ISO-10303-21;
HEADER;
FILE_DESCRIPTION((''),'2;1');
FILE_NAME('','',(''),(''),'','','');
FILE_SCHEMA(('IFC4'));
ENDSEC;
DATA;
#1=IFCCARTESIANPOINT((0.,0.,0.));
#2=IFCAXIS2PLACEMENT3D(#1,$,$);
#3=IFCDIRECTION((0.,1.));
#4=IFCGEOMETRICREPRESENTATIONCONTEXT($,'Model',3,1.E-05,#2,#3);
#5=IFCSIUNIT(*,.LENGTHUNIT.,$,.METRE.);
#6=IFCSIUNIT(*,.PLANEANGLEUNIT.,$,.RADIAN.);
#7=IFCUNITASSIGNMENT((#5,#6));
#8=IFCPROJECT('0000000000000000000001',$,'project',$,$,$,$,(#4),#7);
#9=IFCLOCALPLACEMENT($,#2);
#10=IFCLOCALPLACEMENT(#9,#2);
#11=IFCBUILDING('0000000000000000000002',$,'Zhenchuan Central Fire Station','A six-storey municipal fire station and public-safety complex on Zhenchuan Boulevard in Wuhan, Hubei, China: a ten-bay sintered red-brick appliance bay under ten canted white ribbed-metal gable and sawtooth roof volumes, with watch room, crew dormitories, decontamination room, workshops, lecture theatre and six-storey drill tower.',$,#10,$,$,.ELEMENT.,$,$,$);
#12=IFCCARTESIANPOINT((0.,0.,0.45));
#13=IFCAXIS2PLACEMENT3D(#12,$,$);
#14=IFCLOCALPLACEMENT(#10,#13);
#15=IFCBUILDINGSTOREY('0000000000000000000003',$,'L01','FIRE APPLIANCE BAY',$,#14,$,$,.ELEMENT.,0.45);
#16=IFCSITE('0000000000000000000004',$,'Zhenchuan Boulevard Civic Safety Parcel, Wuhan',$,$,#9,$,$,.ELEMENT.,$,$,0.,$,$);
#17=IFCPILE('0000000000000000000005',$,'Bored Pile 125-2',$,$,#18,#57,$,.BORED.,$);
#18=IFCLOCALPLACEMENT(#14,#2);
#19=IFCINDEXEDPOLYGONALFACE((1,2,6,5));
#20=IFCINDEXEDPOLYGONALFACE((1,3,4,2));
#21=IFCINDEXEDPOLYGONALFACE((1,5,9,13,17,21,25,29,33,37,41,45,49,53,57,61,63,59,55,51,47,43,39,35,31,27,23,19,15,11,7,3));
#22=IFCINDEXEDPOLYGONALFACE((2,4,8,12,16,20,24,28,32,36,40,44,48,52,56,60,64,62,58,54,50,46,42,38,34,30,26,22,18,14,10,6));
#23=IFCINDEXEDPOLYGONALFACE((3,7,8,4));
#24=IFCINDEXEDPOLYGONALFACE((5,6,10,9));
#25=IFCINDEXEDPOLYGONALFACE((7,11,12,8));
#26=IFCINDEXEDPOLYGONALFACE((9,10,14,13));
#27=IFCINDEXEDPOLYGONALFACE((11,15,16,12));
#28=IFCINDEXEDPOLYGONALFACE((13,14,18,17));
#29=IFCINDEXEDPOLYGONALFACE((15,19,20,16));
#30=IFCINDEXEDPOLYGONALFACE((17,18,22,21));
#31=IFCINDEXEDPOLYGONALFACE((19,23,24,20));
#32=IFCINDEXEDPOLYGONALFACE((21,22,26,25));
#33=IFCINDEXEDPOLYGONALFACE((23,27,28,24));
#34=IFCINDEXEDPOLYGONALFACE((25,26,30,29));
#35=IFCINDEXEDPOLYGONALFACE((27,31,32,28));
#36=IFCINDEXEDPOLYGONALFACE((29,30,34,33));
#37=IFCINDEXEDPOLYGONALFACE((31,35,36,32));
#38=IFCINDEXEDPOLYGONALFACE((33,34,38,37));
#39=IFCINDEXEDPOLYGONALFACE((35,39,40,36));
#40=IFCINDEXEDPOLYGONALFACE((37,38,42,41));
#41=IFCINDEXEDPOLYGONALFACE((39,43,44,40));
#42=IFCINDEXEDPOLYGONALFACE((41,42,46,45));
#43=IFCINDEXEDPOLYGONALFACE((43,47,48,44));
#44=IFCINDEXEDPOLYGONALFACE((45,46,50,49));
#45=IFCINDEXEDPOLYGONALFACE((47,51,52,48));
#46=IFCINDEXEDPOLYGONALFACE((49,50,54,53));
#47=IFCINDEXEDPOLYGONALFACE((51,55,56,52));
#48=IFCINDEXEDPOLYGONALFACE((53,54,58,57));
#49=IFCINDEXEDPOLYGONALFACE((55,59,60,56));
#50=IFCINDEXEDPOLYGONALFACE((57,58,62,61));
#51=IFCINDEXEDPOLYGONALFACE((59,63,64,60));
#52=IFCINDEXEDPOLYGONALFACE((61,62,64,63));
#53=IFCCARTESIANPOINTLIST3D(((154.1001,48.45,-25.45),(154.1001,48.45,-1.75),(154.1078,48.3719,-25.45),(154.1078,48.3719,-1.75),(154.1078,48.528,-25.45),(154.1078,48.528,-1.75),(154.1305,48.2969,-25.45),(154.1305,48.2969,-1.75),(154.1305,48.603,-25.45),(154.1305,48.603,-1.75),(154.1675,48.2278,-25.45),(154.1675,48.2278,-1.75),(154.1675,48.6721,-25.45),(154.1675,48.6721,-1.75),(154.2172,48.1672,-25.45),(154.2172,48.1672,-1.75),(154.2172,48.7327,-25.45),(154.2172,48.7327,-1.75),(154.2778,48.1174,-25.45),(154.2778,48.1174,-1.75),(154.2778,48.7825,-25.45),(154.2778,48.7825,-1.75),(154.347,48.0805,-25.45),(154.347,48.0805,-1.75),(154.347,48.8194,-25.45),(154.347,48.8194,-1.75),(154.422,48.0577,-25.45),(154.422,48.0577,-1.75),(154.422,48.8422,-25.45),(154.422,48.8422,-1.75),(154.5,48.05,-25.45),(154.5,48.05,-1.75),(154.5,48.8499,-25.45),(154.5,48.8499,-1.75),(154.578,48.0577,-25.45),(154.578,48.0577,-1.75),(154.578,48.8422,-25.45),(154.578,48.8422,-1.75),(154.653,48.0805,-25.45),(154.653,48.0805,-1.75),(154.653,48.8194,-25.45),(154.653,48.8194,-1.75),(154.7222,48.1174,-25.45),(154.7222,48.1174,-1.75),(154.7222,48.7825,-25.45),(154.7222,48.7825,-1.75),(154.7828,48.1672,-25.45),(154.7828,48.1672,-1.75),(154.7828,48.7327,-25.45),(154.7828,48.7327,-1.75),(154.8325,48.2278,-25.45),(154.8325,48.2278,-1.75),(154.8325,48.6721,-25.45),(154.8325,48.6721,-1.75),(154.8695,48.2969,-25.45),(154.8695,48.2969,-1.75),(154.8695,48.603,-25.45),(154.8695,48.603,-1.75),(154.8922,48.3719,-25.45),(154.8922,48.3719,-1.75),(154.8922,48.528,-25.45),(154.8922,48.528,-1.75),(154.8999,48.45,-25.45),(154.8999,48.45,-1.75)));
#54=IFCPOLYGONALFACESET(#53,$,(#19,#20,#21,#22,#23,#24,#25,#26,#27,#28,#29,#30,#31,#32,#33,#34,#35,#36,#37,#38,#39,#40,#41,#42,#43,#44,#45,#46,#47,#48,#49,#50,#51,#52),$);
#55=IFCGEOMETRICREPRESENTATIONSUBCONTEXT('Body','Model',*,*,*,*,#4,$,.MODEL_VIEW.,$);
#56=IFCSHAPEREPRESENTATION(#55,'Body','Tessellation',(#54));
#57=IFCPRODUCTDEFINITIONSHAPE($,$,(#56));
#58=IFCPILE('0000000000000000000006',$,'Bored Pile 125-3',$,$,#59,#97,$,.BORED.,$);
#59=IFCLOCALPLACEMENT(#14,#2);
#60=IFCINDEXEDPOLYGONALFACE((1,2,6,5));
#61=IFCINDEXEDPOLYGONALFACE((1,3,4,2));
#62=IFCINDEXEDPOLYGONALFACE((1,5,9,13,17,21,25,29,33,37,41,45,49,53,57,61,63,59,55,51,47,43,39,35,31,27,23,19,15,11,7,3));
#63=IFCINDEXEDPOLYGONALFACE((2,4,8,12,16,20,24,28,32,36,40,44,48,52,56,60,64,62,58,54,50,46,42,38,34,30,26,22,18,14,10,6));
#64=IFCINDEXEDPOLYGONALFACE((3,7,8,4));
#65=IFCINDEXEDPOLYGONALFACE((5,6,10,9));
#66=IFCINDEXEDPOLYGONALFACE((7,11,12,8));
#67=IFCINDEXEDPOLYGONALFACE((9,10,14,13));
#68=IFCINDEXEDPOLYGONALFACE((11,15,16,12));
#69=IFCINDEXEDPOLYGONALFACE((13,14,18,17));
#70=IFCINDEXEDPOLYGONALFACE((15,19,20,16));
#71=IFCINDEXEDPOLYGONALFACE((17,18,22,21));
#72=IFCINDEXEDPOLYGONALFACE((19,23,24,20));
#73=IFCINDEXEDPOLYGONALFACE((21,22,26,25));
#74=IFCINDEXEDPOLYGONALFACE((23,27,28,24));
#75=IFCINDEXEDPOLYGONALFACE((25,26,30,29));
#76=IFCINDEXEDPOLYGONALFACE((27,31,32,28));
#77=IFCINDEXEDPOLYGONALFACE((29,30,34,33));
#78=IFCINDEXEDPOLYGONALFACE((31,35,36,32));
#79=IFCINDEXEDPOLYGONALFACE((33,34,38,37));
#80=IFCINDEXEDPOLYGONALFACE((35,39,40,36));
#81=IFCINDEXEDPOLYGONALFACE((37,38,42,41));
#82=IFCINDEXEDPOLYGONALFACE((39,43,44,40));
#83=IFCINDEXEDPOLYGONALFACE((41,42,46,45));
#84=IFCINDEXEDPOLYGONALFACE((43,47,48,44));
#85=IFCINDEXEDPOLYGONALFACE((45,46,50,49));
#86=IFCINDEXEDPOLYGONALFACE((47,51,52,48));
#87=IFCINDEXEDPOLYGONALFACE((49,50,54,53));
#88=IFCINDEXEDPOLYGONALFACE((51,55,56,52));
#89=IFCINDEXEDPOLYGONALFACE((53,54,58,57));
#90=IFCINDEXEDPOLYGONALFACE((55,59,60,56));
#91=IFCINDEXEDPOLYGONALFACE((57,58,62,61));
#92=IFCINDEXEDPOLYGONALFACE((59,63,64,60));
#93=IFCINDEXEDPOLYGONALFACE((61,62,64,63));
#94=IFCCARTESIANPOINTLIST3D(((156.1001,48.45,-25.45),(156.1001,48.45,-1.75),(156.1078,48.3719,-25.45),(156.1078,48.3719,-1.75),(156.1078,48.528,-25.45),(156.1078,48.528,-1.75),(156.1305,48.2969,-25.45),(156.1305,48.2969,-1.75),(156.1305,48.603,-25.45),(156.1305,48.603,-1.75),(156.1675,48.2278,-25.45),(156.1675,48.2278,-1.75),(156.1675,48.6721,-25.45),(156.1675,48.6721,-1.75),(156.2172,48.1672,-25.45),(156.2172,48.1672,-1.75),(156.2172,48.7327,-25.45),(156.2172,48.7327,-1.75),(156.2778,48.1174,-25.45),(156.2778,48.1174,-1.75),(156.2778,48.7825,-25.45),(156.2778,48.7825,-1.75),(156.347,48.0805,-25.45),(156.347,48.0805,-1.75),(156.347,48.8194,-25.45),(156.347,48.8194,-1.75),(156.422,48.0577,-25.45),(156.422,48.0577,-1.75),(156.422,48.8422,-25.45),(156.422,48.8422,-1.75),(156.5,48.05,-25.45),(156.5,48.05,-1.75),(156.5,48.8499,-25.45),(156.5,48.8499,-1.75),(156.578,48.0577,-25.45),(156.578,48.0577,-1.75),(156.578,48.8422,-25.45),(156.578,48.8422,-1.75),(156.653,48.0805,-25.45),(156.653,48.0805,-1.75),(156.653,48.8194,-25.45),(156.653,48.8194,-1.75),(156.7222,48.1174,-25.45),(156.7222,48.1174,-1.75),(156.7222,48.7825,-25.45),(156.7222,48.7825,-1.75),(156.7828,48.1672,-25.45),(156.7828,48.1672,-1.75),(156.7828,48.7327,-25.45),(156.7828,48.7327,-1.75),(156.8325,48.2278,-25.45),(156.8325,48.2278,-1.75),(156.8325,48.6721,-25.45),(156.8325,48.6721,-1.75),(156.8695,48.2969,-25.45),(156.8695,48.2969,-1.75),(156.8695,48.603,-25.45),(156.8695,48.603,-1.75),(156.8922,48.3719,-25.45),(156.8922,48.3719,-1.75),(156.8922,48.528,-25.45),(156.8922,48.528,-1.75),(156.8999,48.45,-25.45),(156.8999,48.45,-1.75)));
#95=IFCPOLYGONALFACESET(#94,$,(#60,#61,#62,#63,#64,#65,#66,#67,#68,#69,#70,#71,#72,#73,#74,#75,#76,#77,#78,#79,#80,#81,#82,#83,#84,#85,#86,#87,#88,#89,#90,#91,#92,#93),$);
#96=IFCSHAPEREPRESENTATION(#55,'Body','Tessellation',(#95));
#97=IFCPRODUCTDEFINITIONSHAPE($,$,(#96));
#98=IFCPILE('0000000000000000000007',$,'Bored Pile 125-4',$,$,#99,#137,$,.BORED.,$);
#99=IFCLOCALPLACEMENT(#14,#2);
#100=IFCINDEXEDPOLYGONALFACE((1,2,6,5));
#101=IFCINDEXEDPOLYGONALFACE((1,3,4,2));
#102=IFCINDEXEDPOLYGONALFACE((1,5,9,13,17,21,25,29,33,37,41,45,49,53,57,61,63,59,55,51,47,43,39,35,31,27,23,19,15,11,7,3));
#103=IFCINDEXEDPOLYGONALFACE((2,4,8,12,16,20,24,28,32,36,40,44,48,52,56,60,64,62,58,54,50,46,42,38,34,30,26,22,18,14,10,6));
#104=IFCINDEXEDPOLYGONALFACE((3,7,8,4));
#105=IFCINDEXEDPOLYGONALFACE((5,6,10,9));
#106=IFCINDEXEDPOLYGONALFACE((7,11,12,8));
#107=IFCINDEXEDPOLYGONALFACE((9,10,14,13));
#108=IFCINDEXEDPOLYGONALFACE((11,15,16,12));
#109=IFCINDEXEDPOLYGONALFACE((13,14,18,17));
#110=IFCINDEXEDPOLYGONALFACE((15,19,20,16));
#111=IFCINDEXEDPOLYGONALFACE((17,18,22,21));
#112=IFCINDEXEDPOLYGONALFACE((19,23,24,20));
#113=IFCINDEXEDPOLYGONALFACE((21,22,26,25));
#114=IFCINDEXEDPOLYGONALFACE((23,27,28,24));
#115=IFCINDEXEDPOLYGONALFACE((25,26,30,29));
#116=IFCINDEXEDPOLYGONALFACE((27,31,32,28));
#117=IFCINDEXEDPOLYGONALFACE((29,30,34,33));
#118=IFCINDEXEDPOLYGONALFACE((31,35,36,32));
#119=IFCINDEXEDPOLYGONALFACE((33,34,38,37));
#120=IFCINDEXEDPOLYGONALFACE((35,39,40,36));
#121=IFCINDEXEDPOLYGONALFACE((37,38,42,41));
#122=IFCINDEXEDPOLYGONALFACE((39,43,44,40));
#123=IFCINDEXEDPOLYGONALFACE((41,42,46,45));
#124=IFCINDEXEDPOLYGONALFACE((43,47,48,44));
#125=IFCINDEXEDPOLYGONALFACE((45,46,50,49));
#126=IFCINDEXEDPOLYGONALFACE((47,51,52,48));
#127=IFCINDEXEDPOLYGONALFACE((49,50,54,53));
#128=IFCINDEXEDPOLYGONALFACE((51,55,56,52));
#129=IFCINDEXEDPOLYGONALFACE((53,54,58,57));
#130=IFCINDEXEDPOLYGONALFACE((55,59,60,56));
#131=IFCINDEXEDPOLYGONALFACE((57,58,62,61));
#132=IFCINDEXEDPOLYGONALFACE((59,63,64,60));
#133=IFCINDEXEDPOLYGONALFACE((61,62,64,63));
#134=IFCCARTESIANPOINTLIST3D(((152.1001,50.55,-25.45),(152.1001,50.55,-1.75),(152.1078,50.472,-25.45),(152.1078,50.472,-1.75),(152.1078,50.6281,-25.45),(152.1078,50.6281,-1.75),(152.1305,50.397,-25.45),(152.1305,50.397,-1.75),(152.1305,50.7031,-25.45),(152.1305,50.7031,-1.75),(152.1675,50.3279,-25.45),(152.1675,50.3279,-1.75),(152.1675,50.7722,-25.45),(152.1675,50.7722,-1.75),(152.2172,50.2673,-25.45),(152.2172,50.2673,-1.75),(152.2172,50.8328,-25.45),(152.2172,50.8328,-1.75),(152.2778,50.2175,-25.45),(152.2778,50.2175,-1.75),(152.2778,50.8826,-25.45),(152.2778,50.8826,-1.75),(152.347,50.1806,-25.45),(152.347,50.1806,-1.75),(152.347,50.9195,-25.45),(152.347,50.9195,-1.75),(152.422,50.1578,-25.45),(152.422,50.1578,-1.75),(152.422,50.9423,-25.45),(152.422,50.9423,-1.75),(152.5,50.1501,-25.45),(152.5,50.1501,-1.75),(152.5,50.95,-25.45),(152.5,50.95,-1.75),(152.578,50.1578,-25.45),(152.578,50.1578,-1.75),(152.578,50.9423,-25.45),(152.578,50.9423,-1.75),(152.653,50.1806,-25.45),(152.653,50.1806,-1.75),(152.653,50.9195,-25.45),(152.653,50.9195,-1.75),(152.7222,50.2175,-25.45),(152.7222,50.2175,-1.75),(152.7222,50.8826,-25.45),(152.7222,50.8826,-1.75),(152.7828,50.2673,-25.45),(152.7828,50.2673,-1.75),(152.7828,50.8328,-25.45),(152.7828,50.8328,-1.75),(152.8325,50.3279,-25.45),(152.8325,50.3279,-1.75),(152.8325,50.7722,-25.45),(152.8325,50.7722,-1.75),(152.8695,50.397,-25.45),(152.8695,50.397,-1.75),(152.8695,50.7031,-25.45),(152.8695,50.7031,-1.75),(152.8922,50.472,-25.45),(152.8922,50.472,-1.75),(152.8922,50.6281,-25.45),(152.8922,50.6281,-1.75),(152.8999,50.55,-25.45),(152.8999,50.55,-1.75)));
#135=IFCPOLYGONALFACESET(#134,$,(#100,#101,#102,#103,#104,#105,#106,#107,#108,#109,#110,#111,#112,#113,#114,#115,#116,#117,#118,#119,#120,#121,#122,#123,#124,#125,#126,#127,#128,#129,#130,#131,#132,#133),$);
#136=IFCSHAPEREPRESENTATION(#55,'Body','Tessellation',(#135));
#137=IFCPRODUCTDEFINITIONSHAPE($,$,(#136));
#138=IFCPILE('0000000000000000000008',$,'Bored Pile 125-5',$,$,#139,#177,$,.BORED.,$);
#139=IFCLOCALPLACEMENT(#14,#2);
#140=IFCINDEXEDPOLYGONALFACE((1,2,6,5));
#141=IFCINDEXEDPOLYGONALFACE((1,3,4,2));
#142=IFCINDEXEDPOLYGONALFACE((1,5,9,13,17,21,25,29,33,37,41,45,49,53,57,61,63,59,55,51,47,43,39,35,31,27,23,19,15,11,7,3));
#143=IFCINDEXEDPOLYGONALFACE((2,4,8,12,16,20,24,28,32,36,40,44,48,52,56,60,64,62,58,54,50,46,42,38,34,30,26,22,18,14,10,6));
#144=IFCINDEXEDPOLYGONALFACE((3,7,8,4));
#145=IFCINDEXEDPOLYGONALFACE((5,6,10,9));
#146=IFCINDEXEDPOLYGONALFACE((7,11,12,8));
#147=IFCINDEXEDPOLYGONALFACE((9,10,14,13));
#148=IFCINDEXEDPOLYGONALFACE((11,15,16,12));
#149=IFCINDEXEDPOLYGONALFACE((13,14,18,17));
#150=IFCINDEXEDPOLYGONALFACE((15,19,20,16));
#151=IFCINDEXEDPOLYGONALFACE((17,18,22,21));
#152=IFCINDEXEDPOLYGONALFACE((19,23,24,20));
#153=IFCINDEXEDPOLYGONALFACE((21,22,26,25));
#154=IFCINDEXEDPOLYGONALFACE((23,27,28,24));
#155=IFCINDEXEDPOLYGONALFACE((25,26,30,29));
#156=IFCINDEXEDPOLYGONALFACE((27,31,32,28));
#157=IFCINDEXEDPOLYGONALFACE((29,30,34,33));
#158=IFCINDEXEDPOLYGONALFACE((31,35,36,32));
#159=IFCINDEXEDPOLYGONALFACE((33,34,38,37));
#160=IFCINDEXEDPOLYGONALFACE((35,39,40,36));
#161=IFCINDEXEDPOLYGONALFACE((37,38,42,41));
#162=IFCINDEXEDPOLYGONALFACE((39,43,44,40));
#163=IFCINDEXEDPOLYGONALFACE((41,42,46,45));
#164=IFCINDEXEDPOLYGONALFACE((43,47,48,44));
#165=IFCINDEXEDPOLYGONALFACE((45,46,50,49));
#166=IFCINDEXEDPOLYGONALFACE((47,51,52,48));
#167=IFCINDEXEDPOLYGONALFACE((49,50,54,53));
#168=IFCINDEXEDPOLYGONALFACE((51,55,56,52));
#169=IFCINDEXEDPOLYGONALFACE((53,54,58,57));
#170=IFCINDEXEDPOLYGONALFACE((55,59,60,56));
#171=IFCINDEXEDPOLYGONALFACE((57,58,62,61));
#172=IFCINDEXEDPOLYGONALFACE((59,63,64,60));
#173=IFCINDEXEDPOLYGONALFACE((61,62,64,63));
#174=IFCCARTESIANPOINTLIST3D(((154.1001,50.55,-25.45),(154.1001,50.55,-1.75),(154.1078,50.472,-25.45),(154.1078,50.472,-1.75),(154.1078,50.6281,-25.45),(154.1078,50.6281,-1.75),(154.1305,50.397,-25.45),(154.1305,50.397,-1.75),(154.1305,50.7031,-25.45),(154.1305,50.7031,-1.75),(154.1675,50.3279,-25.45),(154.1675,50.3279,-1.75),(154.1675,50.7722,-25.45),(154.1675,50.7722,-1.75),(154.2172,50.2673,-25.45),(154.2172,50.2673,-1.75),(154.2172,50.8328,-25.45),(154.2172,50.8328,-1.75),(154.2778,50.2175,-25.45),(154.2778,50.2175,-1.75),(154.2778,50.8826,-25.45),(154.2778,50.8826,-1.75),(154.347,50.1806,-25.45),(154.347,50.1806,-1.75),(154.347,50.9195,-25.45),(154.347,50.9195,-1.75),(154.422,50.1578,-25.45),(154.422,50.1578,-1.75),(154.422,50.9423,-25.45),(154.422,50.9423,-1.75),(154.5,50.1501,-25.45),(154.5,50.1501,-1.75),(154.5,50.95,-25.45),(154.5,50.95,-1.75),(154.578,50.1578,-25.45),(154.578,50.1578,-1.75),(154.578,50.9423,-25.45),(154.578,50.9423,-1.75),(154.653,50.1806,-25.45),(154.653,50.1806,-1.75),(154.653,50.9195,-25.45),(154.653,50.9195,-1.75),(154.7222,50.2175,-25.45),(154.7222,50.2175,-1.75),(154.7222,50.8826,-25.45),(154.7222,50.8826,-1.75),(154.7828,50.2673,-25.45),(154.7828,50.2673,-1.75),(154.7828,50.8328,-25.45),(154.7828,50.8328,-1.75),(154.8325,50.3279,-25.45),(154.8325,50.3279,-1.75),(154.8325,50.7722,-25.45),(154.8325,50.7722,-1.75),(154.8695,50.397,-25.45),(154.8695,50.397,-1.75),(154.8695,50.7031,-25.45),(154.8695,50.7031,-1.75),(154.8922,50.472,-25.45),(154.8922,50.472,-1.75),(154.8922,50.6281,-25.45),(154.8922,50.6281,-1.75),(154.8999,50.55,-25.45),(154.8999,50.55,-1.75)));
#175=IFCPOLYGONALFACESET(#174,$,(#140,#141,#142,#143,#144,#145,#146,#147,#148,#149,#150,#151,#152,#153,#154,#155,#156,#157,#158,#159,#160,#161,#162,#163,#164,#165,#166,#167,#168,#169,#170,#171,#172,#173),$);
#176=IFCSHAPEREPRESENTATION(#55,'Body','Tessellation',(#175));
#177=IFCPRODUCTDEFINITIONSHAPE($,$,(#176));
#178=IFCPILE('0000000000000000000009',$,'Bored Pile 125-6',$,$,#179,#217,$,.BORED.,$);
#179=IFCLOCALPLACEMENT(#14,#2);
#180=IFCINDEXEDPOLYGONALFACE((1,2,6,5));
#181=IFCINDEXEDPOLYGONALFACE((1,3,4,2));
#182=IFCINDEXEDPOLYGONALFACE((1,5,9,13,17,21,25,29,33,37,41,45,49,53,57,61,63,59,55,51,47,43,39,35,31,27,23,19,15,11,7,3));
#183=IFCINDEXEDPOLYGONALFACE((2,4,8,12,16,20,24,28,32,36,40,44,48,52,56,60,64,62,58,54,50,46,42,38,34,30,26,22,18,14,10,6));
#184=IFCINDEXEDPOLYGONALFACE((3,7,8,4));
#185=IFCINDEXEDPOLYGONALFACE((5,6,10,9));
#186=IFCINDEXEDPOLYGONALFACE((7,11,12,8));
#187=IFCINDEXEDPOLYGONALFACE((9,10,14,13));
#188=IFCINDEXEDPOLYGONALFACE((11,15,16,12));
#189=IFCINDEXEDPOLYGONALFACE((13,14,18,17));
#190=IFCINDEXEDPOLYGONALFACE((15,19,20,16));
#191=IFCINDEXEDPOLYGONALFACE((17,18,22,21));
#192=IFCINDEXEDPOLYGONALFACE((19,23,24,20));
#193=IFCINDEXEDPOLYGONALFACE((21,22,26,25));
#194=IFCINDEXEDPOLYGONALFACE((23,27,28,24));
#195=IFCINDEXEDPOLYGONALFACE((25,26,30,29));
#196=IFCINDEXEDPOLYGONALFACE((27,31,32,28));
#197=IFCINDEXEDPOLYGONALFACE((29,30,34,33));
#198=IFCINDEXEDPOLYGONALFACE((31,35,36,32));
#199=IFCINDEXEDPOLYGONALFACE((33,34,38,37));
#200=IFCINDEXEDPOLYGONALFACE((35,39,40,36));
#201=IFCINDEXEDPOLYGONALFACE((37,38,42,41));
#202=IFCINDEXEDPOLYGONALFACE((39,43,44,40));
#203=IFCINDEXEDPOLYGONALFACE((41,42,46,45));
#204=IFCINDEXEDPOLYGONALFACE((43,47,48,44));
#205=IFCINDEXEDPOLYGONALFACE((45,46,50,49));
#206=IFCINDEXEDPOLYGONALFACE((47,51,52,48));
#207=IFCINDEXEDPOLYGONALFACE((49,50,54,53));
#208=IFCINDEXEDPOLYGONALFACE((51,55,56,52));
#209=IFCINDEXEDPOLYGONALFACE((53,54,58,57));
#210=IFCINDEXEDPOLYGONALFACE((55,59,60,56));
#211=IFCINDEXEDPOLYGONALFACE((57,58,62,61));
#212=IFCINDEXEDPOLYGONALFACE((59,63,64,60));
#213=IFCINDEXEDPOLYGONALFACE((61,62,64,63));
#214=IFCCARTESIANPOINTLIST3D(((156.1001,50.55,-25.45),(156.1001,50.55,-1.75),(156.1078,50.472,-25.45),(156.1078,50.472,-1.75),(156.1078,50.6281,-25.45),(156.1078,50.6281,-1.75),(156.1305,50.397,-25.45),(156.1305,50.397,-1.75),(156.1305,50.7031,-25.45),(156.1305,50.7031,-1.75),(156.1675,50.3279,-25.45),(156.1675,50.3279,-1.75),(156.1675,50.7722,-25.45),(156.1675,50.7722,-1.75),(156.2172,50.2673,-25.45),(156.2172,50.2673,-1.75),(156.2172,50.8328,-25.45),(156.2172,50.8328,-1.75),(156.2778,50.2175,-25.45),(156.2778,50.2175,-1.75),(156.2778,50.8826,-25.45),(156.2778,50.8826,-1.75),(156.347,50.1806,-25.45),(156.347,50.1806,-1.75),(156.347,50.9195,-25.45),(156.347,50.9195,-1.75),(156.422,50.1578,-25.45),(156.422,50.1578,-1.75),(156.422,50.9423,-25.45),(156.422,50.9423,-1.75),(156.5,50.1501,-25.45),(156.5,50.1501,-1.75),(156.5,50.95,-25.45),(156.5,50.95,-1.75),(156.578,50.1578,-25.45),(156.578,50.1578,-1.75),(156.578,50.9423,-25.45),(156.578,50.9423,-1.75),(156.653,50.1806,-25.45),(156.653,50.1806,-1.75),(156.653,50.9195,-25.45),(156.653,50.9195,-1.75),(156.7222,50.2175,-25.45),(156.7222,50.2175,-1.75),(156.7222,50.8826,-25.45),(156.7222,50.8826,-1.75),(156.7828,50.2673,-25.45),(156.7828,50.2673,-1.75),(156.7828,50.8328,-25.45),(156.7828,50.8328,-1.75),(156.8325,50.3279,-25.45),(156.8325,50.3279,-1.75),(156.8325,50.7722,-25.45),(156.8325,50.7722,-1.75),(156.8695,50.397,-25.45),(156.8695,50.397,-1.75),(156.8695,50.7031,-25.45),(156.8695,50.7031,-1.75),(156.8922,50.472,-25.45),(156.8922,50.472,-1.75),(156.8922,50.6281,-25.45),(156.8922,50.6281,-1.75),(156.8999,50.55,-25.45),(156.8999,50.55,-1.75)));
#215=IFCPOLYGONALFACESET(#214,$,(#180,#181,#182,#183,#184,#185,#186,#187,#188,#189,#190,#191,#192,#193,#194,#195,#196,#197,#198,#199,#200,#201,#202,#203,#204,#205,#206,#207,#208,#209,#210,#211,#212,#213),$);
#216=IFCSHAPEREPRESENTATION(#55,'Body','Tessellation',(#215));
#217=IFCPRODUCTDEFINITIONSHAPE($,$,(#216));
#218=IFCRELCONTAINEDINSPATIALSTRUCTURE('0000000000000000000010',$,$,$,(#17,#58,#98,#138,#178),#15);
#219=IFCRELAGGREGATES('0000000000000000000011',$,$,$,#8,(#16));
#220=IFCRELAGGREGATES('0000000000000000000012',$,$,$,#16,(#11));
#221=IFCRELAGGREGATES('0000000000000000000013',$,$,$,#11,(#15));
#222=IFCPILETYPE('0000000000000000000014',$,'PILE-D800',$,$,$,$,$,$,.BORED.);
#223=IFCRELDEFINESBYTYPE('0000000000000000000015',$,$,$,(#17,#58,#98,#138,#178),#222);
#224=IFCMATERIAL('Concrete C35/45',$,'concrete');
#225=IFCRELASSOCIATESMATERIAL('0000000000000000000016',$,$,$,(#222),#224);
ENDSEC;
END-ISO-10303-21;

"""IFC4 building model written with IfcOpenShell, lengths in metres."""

from ifc_helpers import new_model, si_unit, direction, frame, origin, origin_2d, place, context, subcontext, project, spatial, circle, extrude, material, material_profile, profile_set, type_object, element, save


model = new_model("IFC4")

# Units and contexts
model_context = context("Model", 3, precision=1e-05, world=origin(), true_north=direction((0.0, 1.0)))
body_context = subcontext(model_context, "Body", "Model", "MODEL_VIEW")
ifc_project = project(units=[si_unit("LENGTHUNIT", "METRE"), si_unit("PLANEANGLEUNIT", "RADIAN")], contexts=[model_context])

# Site, building, storey
site_placement = place(None, origin())
site = spatial("IfcSite", under=ifc_project, at=site_placement, Name="Zhenchuan Boulevard Civic Safety Parcel, Wuhan", CompositionType="ELEMENT", RefElevation=0.0)
building_placement = place(site_placement, origin())
building = spatial("IfcBuilding", under=site, at=building_placement, Name="Zhenchuan Central Fire Station", Description="A six-storey municipal fire station and public-safety complex on Zhenchuan Boulevard in Wuhan, Hubei, China: a ten-bay sintered red-brick appliance bay under ten canted white ribbed-metal gable and sawtooth roof volumes, with watch room, crew dormitories, decontamination room, workshops, lecture theatre and six-storey drill tower.", CompositionType="ELEMENT")
storey_placement = place(building_placement, frame((0.0, 0.0, 0.45)))
storey = spatial("IfcBuildingStorey", under=building, at=storey_placement, Name="L01", Description="FIRE APPLIANCE BAY", CompositionType="ELEMENT", Elevation=0.45)

# Piles
ifc_material_1 = material(Name="Concrete C35/45", Category="concrete")
ifc_material_profile_1 = material_profile(ifc_material_1, circle(Radius=0.3999, at=origin_2d()), Name="PILE D800")
ifc_profile_set_1 = profile_set([ifc_material_profile_1], Name="Concrete C35/45")
pile_type_1 = type_object("IfcPileType", Name="PILE-D800", PredefinedType="BORED", material=ifc_profile_set_1)
for number, where, z_axis, x_axis, name in (
    (1, (154.5, 48.45, -1.75), (0.0, 0.0, -1.0), (1.0, 0.0, 0.0), "Bored Pile 125-2"),
    (2, (156.5, 48.45, -1.75), (0.0, 0.0, -1.0), (1.0, 0.0, 0.0), "Bored Pile 125-3"),
    (3, (152.5, 50.55, -1.75), (0.0, 0.0, -1.0), (1.0, 0.0, 0.0), "Bored Pile 125-4"),
    (4, (154.5, 50.55, -1.75), (0.0, 0.0, -1.0), (1.0, 0.0, 0.0), "Bored Pile 125-5"),
    (5, (156.5, 50.55, -1.75), (0.0, 0.0, -1.0), (1.0, 0.0, 0.0), "Bored Pile 125-6"),
):
    element("IfcPile", number, at=place(storey_placement, frame(where, z_axis=z_axis, x_axis=x_axis)), inside=storey, type_object=pile_type_1, Name=name, PredefinedType="BORED", context=body_context, shape_type="SweptSolid", body=[
        extrude(circle(Radius=0.3999, at=origin_2d()), origin(), (0.0, 0.0, 1.0), 23.7),
    ])

save(model, "model.ifc")
